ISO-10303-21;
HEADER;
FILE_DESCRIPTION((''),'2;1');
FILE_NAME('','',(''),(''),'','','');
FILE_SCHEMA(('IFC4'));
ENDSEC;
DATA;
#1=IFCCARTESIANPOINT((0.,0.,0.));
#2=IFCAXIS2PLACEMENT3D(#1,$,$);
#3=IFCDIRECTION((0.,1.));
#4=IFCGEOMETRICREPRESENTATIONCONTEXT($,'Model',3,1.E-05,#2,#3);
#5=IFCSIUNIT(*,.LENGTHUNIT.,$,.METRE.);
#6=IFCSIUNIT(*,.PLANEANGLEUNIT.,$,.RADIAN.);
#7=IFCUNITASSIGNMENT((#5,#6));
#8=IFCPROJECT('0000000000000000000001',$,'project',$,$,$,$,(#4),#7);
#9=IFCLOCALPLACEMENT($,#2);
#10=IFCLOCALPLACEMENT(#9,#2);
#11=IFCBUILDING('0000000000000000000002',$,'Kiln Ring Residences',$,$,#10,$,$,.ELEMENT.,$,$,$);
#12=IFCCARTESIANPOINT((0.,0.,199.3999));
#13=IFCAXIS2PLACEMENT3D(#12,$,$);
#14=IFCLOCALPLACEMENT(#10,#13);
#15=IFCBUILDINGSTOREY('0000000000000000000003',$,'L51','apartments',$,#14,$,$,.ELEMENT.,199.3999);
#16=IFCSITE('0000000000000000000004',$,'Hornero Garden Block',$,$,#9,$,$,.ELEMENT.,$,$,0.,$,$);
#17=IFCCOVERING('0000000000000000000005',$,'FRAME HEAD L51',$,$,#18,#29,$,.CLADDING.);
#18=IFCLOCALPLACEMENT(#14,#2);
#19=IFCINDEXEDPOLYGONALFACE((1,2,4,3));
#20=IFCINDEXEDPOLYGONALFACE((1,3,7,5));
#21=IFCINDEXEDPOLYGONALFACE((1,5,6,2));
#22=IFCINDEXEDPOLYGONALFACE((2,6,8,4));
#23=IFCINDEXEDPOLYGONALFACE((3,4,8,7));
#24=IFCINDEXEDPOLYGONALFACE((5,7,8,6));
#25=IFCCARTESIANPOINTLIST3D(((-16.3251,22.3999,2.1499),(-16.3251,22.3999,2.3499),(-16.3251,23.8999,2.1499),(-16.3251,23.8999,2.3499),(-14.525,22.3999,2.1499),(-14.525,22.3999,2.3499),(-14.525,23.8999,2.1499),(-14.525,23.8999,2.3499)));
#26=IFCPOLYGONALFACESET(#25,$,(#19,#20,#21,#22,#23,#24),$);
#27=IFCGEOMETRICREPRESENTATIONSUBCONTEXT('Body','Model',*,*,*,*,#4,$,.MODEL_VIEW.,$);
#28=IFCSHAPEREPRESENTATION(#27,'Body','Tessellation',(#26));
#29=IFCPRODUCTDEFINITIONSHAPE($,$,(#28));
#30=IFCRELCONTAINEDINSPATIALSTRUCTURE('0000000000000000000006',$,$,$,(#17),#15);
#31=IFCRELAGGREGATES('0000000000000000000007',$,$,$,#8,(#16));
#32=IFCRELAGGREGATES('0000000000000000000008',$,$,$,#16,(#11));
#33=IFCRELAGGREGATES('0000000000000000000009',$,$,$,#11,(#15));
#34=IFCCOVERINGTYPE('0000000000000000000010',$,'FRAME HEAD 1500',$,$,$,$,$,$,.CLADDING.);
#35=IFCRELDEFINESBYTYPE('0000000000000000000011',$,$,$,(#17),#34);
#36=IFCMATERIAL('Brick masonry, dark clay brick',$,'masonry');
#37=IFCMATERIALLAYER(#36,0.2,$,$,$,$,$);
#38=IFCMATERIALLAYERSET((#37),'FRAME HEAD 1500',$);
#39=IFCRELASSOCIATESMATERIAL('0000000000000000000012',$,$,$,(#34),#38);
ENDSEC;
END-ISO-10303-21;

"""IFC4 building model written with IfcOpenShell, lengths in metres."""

from ifc_helpers import new_model, si_unit, direction, frame, origin, origin_2d, place, context, subcontext, project, spatial, rectangle, extrude, material, layer, layer_set, type_object, element, save


model = new_model("IFC4")

# Units and contexts
model_context = context("Model", 3, precision=1e-05, world=origin(), true_north=direction((0.0, 1.0)))
body_context = subcontext(model_context, "Body", "Model", "MODEL_VIEW")
ifc_project = project(units=[si_unit("LENGTHUNIT", "METRE"), si_unit("PLANEANGLEUNIT", "RADIAN")], contexts=[model_context])

# Site, building, storey
site_placement = place(None, origin())
site = spatial("IfcSite", under=ifc_project, at=site_placement, Name="Hornero Garden Block", CompositionType="ELEMENT", RefElevation=0.0)
building_placement = place(site_placement, origin())
building = spatial("IfcBuilding", under=site, at=building_placement, Name="Kiln Ring Residences", CompositionType="ELEMENT")
storey_placement = place(building_placement, frame((0.0, 0.0, 199.3999)))
storey = spatial("IfcBuildingStorey", under=building, at=storey_placement, Name="L51", Description="apartments", CompositionType="ELEMENT", Elevation=199.3999)

# Covering
ifc_material_1 = material(Name="Brick masonry, dark clay brick", Category="masonry")
ifc_layer_1 = layer(ifc_material_1, 0.2)
ifc_layer_set_1 = layer_set([ifc_layer_1], Name="FRAME HEAD 1500")
covering_type_1 = type_object("IfcCoveringType", Name="FRAME HEAD 1500", PredefinedType="CLADDING", material=ifc_layer_set_1)
covering_1_placement = place(storey_placement, frame((-15.425, 23.1499, 2.1499), z_axis=(0.0, 0.0, 1.0), x_axis=(-1.0, 0.0, 0.0)))
element("IfcCovering", 1, at=covering_1_placement, inside=storey, type_object=covering_type_1, Name="FRAME HEAD L51", PredefinedType="CLADDING", context=body_context, shape_type="SweptSolid", body=[
    extrude(rectangle(XDim=1.8, YDim=1.5, at=origin_2d()), origin(), (0.0, 0.0, 1.0), 0.2),
])

save(model, "model.ifc")
